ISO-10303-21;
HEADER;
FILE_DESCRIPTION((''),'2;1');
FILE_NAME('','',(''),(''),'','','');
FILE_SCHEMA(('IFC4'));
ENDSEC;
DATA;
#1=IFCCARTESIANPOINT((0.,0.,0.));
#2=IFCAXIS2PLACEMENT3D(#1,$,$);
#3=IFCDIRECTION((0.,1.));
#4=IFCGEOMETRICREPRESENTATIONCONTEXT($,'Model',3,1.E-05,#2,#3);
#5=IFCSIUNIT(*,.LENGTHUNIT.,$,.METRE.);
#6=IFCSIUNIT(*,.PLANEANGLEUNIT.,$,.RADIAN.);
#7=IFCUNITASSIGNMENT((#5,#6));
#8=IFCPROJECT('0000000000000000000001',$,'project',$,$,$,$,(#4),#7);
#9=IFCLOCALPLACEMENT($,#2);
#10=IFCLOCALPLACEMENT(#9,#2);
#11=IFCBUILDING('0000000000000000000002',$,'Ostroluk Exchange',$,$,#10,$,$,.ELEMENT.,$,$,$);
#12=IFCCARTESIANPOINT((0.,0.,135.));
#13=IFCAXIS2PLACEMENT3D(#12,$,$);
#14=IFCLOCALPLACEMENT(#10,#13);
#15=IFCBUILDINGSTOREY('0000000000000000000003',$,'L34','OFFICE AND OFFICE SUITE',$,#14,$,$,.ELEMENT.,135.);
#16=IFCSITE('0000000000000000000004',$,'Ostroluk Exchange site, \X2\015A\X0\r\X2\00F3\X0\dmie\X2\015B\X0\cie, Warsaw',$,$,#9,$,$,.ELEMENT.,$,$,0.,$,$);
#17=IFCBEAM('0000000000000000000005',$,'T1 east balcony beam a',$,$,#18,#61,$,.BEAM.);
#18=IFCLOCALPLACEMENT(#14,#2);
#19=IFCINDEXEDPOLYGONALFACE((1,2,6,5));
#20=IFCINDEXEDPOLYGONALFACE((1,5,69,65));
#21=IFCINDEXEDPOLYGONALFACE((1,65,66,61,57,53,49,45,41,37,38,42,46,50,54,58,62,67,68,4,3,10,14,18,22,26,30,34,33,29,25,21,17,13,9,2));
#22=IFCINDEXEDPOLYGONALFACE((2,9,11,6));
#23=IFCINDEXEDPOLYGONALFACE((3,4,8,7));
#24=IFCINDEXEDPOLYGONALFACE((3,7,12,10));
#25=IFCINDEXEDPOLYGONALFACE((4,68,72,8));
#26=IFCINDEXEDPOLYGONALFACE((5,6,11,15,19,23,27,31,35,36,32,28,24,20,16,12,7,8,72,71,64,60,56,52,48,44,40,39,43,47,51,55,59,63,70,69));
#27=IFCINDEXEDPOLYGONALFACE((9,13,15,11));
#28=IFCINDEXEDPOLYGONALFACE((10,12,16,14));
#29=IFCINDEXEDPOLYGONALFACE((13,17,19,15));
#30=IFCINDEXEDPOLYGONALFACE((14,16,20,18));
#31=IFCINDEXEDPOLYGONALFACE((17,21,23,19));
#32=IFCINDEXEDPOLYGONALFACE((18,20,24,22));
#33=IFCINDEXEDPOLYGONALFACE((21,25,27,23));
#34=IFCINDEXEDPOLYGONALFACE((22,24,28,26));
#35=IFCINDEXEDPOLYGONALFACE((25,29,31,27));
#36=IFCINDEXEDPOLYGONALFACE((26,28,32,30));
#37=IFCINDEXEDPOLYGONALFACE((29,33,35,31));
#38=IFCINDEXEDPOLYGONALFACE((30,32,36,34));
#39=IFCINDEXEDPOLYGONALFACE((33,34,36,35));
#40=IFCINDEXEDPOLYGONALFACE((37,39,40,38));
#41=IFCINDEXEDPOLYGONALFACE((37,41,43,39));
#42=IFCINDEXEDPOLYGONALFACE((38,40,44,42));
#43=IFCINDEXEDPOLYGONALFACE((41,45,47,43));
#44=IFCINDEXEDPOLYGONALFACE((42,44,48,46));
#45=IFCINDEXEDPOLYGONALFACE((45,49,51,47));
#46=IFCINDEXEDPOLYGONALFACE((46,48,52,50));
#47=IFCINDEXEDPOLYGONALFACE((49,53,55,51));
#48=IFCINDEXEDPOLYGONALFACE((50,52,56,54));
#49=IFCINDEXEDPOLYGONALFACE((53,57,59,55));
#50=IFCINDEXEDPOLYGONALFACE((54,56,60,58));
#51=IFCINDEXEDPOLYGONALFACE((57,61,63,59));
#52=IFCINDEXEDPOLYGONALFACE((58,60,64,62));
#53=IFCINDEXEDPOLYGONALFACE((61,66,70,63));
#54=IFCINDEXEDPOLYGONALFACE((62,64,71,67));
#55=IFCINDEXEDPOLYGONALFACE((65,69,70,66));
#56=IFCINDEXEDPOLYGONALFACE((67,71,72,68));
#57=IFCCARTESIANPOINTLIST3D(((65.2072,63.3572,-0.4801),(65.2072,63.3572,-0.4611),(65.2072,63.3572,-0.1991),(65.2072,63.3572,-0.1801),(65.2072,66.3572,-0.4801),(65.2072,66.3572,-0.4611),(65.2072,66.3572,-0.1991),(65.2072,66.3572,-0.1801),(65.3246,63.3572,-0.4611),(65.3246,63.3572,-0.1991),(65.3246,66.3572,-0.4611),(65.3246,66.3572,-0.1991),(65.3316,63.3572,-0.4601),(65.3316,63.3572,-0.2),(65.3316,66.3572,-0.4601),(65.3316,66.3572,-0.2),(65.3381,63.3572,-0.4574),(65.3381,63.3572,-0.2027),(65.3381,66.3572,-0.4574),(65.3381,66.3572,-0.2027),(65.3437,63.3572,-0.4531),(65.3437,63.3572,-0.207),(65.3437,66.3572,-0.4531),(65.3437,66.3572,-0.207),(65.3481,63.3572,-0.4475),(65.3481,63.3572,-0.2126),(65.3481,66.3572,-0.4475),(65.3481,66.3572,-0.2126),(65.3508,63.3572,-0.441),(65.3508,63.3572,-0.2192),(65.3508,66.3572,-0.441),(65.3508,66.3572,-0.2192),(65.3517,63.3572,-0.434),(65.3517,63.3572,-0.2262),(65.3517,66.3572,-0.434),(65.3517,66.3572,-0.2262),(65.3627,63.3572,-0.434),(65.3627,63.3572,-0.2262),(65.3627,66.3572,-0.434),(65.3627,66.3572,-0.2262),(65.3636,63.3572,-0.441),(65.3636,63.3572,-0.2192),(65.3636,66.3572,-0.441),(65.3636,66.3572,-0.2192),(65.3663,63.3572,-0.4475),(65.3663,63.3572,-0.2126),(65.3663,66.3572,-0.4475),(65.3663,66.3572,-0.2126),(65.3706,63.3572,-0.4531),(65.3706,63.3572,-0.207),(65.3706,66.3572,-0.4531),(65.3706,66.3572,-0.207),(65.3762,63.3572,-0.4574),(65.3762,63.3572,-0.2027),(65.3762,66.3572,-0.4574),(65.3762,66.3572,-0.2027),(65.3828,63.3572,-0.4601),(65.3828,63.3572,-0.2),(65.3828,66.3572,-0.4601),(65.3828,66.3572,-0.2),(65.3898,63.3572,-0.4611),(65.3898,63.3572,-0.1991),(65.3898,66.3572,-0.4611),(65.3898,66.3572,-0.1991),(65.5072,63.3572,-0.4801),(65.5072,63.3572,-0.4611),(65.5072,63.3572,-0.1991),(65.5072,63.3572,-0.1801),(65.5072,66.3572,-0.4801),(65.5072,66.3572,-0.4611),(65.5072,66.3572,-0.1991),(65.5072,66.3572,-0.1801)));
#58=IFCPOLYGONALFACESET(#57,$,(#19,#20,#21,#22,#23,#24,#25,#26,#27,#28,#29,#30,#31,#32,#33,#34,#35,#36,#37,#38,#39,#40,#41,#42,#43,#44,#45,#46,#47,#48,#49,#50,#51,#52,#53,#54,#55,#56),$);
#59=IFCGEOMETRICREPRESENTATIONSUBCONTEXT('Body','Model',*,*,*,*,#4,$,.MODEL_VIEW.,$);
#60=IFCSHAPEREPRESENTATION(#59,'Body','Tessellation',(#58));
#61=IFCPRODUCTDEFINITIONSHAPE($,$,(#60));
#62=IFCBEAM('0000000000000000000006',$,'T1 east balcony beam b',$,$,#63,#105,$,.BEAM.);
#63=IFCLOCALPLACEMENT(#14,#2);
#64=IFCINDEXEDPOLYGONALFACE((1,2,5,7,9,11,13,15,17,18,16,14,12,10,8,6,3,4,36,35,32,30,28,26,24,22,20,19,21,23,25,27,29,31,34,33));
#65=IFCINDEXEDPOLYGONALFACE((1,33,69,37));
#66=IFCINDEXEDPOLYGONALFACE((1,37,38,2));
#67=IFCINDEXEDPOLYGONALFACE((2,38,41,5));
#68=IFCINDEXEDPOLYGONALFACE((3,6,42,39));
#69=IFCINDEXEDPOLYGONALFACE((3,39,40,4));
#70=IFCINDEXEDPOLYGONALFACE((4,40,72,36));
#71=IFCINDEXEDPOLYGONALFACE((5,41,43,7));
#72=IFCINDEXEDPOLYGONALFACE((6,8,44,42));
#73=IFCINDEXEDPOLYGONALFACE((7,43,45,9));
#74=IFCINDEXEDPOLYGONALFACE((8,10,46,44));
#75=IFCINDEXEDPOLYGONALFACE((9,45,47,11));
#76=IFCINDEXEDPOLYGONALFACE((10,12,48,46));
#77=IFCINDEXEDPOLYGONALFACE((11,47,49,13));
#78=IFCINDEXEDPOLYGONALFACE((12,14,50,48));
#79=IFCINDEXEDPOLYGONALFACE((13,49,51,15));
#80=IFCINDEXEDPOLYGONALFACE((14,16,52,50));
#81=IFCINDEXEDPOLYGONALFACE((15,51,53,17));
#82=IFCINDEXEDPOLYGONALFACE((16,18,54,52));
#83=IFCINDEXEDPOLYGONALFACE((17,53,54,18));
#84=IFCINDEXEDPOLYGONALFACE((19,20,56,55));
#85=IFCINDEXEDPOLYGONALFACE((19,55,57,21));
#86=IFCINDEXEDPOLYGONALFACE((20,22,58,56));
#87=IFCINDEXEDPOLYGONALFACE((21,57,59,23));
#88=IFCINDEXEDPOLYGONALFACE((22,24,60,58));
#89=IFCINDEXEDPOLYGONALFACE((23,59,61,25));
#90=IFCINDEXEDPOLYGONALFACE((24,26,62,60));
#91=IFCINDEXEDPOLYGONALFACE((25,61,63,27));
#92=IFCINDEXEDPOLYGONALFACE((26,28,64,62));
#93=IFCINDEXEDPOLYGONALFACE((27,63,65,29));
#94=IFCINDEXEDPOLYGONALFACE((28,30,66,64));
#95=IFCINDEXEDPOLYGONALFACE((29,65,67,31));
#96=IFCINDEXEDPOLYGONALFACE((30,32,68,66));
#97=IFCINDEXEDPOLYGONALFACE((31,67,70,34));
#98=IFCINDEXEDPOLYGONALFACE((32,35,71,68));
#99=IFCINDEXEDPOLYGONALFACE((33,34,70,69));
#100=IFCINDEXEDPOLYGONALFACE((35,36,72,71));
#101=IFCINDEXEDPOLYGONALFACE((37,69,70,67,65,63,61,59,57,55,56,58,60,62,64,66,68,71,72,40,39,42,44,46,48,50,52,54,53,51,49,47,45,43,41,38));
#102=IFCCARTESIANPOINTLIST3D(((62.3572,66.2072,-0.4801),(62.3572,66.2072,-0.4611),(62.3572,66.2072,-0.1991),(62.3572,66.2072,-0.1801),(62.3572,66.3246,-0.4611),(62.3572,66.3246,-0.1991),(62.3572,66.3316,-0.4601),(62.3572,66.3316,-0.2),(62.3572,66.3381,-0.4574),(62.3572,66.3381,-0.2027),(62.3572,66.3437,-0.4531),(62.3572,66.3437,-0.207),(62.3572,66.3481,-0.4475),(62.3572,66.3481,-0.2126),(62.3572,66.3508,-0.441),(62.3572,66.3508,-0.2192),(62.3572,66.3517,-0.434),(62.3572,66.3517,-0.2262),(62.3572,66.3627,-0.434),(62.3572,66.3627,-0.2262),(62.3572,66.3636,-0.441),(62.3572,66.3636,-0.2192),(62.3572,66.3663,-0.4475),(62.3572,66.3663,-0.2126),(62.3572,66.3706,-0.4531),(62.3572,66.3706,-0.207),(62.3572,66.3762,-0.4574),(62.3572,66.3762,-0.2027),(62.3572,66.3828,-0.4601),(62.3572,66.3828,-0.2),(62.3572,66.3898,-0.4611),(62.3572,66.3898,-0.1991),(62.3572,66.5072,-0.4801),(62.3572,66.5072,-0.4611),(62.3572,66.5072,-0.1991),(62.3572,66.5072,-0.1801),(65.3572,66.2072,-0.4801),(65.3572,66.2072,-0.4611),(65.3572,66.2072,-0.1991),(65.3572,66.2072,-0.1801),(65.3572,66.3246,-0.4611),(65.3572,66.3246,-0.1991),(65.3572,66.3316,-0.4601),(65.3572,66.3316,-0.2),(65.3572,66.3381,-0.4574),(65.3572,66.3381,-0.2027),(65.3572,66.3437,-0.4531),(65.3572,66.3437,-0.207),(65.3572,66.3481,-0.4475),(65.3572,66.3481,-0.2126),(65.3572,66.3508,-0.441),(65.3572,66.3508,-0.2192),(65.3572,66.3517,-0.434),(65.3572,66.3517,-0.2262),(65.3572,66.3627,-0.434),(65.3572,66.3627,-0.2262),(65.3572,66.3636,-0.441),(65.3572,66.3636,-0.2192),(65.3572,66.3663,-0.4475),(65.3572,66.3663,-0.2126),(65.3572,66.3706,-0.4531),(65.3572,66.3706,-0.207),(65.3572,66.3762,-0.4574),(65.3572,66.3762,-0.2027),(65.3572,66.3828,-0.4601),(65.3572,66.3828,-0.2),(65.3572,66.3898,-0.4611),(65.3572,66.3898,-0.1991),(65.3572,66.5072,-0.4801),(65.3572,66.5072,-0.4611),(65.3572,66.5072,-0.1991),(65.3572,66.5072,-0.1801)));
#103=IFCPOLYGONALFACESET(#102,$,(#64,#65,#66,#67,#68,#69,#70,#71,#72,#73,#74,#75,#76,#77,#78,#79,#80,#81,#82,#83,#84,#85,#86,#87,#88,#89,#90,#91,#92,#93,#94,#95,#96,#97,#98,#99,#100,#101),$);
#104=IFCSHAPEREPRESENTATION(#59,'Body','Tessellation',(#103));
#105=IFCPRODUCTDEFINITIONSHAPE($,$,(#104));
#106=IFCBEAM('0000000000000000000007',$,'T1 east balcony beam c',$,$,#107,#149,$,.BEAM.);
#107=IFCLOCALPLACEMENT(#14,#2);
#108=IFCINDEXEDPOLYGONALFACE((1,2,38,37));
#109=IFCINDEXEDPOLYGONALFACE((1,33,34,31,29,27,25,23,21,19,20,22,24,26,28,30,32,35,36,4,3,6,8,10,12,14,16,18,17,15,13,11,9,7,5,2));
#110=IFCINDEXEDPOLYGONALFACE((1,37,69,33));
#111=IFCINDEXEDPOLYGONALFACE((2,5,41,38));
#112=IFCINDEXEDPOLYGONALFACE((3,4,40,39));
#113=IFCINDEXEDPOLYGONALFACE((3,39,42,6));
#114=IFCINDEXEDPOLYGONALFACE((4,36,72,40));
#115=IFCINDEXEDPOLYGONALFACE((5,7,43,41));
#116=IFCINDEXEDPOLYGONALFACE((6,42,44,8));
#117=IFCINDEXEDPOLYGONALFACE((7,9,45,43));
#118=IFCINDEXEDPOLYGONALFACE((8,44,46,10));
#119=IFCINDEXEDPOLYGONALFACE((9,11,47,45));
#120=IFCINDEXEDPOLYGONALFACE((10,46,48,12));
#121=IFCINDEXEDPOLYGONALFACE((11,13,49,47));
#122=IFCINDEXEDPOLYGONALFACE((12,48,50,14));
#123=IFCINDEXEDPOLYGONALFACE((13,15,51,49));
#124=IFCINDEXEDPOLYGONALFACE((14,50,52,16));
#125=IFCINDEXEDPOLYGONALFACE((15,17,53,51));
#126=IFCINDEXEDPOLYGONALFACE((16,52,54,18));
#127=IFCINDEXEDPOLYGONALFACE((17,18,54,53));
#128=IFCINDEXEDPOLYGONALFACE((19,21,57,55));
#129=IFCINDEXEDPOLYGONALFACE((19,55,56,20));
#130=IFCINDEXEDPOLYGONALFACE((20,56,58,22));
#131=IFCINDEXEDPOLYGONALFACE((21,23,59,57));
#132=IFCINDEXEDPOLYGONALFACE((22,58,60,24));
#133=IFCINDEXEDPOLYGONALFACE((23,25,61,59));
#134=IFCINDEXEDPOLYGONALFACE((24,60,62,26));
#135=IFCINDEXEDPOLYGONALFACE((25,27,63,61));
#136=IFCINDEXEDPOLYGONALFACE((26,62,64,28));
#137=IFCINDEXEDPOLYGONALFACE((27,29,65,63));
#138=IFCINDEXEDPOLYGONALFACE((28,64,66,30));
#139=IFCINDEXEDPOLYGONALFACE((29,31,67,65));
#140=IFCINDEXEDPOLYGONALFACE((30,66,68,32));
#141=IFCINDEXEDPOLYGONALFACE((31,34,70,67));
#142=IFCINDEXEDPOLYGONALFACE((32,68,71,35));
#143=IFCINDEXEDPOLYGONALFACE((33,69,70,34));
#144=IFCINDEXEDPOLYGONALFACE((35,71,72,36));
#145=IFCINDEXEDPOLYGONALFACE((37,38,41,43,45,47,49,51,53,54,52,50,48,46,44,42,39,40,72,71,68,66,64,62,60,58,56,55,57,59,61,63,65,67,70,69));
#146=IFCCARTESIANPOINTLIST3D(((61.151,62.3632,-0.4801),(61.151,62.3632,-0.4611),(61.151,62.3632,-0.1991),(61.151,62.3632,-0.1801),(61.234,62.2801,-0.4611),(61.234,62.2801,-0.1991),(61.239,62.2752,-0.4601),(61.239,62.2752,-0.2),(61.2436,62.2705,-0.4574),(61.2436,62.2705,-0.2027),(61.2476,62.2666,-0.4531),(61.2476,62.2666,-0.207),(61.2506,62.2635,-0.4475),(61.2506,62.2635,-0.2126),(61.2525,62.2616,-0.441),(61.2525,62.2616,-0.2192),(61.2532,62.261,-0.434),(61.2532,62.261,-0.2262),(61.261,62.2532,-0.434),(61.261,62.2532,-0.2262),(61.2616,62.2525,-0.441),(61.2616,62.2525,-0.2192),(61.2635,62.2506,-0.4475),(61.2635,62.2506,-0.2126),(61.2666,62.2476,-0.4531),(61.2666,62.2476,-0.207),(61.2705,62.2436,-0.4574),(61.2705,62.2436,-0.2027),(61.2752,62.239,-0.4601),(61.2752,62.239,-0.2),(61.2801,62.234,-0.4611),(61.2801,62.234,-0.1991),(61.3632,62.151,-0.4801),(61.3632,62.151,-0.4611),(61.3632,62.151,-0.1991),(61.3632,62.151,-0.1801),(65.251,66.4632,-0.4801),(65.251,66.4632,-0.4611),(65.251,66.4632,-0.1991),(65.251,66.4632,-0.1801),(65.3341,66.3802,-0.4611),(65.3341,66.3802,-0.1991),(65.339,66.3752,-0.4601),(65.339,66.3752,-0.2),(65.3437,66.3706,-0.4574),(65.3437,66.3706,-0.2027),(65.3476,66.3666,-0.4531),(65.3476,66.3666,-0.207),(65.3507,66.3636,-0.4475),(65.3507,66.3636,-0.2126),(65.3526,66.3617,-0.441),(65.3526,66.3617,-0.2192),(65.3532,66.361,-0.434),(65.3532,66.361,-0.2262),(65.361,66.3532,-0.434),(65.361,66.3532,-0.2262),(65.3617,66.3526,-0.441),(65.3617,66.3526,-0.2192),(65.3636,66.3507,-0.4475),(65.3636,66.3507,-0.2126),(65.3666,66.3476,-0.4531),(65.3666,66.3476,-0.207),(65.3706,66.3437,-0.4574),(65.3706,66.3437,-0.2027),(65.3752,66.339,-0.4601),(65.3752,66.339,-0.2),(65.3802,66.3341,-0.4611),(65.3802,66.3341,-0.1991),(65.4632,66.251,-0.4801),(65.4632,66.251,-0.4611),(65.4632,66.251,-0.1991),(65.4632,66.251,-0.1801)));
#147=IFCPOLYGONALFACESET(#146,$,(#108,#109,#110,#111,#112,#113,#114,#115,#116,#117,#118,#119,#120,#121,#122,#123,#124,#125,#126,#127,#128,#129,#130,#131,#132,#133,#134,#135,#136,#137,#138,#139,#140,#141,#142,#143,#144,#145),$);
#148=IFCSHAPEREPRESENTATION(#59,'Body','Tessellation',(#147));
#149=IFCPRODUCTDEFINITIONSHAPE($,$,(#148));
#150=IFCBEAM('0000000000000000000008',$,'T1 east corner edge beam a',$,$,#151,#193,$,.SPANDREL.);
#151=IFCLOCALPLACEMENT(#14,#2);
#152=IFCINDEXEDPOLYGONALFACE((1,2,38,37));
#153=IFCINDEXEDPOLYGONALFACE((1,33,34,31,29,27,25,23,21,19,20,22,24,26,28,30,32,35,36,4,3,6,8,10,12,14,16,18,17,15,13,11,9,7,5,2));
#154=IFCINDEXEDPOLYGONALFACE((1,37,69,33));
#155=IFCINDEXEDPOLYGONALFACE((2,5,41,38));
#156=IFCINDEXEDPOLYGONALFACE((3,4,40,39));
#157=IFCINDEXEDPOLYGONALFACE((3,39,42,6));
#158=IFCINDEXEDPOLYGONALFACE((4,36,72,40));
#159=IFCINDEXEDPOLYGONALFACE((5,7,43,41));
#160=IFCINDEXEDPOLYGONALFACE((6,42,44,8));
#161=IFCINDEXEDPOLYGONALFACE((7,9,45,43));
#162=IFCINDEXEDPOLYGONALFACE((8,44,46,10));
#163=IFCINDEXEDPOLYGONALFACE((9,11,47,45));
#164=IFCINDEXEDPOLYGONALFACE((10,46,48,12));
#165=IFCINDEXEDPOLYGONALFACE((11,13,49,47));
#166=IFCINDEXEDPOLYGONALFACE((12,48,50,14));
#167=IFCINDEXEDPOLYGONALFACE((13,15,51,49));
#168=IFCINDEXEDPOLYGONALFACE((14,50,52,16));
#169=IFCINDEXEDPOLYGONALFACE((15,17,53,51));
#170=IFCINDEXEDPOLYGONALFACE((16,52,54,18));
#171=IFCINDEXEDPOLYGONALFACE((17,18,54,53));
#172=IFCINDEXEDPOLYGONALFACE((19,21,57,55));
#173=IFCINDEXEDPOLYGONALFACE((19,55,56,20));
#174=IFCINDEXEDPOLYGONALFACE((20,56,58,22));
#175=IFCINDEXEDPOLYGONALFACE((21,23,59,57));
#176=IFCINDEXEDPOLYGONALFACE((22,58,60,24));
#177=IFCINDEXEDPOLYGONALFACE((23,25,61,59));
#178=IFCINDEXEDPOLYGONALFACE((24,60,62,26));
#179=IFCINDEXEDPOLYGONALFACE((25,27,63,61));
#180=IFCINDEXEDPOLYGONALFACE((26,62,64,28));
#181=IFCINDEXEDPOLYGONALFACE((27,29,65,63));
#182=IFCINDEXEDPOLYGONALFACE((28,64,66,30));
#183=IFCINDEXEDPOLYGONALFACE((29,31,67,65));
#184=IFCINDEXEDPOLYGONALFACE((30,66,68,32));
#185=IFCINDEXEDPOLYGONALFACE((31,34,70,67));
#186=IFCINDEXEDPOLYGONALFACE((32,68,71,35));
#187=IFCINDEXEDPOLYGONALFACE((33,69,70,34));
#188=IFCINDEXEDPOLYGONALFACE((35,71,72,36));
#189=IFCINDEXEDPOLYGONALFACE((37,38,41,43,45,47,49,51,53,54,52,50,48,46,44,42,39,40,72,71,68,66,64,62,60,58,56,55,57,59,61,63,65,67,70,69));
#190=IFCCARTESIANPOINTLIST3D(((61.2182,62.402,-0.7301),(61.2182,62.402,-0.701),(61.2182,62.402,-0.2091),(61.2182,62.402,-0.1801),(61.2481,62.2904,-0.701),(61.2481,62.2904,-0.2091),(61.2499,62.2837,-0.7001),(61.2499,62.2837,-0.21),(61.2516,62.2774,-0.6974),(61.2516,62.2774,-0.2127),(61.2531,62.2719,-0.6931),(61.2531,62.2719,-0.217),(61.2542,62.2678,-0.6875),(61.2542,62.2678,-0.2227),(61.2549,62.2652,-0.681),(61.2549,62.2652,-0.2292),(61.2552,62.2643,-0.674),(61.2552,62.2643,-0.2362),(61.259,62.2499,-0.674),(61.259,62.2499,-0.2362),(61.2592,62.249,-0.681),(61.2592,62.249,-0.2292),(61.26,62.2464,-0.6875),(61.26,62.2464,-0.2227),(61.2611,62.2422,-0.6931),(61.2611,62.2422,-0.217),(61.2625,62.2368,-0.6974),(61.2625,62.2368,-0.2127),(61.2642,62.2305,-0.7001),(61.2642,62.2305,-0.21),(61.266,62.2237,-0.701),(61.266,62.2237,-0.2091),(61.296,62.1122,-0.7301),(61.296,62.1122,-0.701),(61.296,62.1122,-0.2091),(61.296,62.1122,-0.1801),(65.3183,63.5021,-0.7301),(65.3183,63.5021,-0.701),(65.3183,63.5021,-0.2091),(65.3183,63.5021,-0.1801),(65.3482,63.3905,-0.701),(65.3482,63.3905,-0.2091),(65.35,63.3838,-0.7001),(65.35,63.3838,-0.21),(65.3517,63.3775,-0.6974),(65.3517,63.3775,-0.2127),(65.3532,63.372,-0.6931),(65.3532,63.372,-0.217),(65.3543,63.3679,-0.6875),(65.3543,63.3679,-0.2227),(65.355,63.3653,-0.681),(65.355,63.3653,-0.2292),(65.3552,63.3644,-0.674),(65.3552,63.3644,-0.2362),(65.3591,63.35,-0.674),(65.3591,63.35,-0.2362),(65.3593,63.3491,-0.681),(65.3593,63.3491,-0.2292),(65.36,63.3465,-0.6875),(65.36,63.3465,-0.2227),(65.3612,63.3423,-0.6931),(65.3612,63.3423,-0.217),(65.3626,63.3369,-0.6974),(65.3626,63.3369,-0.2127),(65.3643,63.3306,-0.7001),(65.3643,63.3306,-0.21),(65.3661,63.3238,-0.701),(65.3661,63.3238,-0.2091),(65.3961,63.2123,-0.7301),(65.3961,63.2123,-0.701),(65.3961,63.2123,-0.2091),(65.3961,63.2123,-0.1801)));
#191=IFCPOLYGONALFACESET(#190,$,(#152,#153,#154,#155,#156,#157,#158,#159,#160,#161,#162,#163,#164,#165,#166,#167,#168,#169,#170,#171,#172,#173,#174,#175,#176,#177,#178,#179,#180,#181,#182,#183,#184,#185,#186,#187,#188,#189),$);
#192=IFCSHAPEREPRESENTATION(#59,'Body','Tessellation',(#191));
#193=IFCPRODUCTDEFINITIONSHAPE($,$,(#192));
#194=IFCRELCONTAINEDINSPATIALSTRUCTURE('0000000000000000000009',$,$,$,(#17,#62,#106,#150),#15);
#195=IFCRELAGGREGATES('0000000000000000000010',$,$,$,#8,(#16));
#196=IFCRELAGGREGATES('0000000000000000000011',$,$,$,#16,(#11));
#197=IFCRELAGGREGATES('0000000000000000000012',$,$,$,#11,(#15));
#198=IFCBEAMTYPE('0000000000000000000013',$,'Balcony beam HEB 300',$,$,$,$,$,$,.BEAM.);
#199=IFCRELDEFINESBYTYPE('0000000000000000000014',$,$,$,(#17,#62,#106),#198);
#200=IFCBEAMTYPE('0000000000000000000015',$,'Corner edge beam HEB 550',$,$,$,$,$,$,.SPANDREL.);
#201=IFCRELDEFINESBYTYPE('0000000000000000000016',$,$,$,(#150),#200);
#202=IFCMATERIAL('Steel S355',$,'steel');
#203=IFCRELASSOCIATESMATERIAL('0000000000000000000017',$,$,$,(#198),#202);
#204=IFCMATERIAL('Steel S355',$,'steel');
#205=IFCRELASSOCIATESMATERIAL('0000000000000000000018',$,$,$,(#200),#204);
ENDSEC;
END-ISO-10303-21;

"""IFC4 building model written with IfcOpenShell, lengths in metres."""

from ifc_helpers import new_model, si_unit, direction, frame, origin, origin_2d, place, context, subcontext, project, spatial, i_section, extrude, material, material_profile, profile_set, type_object, element, save


model = new_model("IFC4")

# Units and contexts
model_context = context("Model", 3, precision=1e-05, world=origin(), true_north=direction((0.0, 1.0)))
body_context = subcontext(model_context, "Body", "Model", "MODEL_VIEW")
ifc_project = project(units=[si_unit("LENGTHUNIT", "METRE"), si_unit("PLANEANGLEUNIT", "RADIAN")], contexts=[model_context])

# Site, building, storey
site_placement = place(None, origin())
site = spatial("IfcSite", under=ifc_project, at=site_placement, Name="Ostroluk Exchange site, Śródmieście, Warsaw", CompositionType="ELEMENT", RefElevation=0.0)
building_placement = place(site_placement, origin())
building = spatial("IfcBuilding", under=site, at=building_placement, Name="Ostroluk Exchange", CompositionType="ELEMENT")
storey_placement = place(building_placement, frame((0.0, 0.0, 135.0)))
storey = spatial("IfcBuildingStorey", under=building, at=storey_placement, Name="L34", Description="OFFICE AND OFFICE SUITE", CompositionType="ELEMENT", Elevation=135.0)

# Beams
ifc_material_1 = material(Name="Steel S355", Category="steel")
ifc_material_profile_1 = material_profile(ifc_material_1, i_section(OverallWidth=0.3, OverallDepth=0.3, WebThickness=0.011, FlangeThickness=0.019, FilletRadius=0.0271, at=origin_2d()), Name="HEB 300")
ifc_profile_set_1 = profile_set([ifc_material_profile_1], Name="Steel S355")
beam_type_1 = type_object("IfcBeamType", Name="Balcony beam HEB 300", PredefinedType="BEAM", material=ifc_profile_set_1)
for number, where, z_axis, x_axis, name in (
    (1, (65.3572, 63.3572, -0.3301), (0.0, 1.0, 0.0), (-1.0, 0.0, 0.0), "T1 east balcony beam a"),
    (2, (62.3572, 66.3572, -0.3301), (1.0, 0.0, 0.0), (0.0, 1.0, 0.0), "T1 east balcony beam b"),
):
    element("IfcBeam", number, at=place(storey_placement, frame(where, z_axis=z_axis, x_axis=x_axis)), inside=storey, type_object=beam_type_1, Name=name, PredefinedType="BEAM", context=body_context, shape_type="SweptSolid", body=[
        extrude(i_section(OverallWidth=0.3, OverallDepth=0.3, WebThickness=0.011, FlangeThickness=0.019, FilletRadius=0.0271, at=origin_2d()), origin(), (0.0, 0.0, 1.0), 3.0),
    ])
beam_1_placement = place(storey_placement, frame((61.2571, 62.2571, -0.3301), z_axis=(0.707107, 0.707107, 0.0), x_axis=(-0.707107, 0.707107, 0.0)))
element("IfcBeam", 3, at=beam_1_placement, inside=storey, type_object=beam_type_1, Name="T1 east balcony beam c", PredefinedType="BEAM", context=body_context, shape_type="SweptSolid", body=[
    extrude(i_section(OverallWidth=0.3, OverallDepth=0.3, WebThickness=0.011, FlangeThickness=0.019, FilletRadius=0.0271, at=origin_2d()), origin(), (0.0, 0.0, 1.0), 5.7983),
])
ifc_material_2 = material(Name="Steel S355", Category="steel")
ifc_material_profile_2 = material_profile(ifc_material_2, i_section(OverallWidth=0.3, OverallDepth=0.55, WebThickness=0.0149, FlangeThickness=0.0291, FilletRadius=0.0271, at=origin_2d()), Name="HEB 550")
ifc_profile_set_2 = profile_set([ifc_material_profile_2], Name="Steel S355")
beam_type_2 = type_object("IfcBeamType", Name="Corner edge beam HEB 550", PredefinedType="SPANDREL", material=ifc_profile_set_2)
for number, where, z_axis, x_axis, name in (
    (4, (61.2571, 62.2571, -0.4551), (0.965839, 0.259144, 0.0), (-0.259144, 0.965839, 0.0), "T1 east corner edge beam a"),
):
    element("IfcBeam", number, at=place(storey_placement, frame(where, z_axis=z_axis, x_axis=x_axis)), inside=storey, type_object=beam_type_2, Name=name, PredefinedType="SPANDREL", context=body_context, shape_type="SweptSolid", body=[
        extrude(i_section(OverallWidth=0.3, OverallDepth=0.55, WebThickness=0.0149, FlangeThickness=0.0291, FilletRadius=0.0271, at=origin_2d()), origin(), (0.0, 0.0, 1.0), 4.2451),
    ])

save(model, "model.ifc")
